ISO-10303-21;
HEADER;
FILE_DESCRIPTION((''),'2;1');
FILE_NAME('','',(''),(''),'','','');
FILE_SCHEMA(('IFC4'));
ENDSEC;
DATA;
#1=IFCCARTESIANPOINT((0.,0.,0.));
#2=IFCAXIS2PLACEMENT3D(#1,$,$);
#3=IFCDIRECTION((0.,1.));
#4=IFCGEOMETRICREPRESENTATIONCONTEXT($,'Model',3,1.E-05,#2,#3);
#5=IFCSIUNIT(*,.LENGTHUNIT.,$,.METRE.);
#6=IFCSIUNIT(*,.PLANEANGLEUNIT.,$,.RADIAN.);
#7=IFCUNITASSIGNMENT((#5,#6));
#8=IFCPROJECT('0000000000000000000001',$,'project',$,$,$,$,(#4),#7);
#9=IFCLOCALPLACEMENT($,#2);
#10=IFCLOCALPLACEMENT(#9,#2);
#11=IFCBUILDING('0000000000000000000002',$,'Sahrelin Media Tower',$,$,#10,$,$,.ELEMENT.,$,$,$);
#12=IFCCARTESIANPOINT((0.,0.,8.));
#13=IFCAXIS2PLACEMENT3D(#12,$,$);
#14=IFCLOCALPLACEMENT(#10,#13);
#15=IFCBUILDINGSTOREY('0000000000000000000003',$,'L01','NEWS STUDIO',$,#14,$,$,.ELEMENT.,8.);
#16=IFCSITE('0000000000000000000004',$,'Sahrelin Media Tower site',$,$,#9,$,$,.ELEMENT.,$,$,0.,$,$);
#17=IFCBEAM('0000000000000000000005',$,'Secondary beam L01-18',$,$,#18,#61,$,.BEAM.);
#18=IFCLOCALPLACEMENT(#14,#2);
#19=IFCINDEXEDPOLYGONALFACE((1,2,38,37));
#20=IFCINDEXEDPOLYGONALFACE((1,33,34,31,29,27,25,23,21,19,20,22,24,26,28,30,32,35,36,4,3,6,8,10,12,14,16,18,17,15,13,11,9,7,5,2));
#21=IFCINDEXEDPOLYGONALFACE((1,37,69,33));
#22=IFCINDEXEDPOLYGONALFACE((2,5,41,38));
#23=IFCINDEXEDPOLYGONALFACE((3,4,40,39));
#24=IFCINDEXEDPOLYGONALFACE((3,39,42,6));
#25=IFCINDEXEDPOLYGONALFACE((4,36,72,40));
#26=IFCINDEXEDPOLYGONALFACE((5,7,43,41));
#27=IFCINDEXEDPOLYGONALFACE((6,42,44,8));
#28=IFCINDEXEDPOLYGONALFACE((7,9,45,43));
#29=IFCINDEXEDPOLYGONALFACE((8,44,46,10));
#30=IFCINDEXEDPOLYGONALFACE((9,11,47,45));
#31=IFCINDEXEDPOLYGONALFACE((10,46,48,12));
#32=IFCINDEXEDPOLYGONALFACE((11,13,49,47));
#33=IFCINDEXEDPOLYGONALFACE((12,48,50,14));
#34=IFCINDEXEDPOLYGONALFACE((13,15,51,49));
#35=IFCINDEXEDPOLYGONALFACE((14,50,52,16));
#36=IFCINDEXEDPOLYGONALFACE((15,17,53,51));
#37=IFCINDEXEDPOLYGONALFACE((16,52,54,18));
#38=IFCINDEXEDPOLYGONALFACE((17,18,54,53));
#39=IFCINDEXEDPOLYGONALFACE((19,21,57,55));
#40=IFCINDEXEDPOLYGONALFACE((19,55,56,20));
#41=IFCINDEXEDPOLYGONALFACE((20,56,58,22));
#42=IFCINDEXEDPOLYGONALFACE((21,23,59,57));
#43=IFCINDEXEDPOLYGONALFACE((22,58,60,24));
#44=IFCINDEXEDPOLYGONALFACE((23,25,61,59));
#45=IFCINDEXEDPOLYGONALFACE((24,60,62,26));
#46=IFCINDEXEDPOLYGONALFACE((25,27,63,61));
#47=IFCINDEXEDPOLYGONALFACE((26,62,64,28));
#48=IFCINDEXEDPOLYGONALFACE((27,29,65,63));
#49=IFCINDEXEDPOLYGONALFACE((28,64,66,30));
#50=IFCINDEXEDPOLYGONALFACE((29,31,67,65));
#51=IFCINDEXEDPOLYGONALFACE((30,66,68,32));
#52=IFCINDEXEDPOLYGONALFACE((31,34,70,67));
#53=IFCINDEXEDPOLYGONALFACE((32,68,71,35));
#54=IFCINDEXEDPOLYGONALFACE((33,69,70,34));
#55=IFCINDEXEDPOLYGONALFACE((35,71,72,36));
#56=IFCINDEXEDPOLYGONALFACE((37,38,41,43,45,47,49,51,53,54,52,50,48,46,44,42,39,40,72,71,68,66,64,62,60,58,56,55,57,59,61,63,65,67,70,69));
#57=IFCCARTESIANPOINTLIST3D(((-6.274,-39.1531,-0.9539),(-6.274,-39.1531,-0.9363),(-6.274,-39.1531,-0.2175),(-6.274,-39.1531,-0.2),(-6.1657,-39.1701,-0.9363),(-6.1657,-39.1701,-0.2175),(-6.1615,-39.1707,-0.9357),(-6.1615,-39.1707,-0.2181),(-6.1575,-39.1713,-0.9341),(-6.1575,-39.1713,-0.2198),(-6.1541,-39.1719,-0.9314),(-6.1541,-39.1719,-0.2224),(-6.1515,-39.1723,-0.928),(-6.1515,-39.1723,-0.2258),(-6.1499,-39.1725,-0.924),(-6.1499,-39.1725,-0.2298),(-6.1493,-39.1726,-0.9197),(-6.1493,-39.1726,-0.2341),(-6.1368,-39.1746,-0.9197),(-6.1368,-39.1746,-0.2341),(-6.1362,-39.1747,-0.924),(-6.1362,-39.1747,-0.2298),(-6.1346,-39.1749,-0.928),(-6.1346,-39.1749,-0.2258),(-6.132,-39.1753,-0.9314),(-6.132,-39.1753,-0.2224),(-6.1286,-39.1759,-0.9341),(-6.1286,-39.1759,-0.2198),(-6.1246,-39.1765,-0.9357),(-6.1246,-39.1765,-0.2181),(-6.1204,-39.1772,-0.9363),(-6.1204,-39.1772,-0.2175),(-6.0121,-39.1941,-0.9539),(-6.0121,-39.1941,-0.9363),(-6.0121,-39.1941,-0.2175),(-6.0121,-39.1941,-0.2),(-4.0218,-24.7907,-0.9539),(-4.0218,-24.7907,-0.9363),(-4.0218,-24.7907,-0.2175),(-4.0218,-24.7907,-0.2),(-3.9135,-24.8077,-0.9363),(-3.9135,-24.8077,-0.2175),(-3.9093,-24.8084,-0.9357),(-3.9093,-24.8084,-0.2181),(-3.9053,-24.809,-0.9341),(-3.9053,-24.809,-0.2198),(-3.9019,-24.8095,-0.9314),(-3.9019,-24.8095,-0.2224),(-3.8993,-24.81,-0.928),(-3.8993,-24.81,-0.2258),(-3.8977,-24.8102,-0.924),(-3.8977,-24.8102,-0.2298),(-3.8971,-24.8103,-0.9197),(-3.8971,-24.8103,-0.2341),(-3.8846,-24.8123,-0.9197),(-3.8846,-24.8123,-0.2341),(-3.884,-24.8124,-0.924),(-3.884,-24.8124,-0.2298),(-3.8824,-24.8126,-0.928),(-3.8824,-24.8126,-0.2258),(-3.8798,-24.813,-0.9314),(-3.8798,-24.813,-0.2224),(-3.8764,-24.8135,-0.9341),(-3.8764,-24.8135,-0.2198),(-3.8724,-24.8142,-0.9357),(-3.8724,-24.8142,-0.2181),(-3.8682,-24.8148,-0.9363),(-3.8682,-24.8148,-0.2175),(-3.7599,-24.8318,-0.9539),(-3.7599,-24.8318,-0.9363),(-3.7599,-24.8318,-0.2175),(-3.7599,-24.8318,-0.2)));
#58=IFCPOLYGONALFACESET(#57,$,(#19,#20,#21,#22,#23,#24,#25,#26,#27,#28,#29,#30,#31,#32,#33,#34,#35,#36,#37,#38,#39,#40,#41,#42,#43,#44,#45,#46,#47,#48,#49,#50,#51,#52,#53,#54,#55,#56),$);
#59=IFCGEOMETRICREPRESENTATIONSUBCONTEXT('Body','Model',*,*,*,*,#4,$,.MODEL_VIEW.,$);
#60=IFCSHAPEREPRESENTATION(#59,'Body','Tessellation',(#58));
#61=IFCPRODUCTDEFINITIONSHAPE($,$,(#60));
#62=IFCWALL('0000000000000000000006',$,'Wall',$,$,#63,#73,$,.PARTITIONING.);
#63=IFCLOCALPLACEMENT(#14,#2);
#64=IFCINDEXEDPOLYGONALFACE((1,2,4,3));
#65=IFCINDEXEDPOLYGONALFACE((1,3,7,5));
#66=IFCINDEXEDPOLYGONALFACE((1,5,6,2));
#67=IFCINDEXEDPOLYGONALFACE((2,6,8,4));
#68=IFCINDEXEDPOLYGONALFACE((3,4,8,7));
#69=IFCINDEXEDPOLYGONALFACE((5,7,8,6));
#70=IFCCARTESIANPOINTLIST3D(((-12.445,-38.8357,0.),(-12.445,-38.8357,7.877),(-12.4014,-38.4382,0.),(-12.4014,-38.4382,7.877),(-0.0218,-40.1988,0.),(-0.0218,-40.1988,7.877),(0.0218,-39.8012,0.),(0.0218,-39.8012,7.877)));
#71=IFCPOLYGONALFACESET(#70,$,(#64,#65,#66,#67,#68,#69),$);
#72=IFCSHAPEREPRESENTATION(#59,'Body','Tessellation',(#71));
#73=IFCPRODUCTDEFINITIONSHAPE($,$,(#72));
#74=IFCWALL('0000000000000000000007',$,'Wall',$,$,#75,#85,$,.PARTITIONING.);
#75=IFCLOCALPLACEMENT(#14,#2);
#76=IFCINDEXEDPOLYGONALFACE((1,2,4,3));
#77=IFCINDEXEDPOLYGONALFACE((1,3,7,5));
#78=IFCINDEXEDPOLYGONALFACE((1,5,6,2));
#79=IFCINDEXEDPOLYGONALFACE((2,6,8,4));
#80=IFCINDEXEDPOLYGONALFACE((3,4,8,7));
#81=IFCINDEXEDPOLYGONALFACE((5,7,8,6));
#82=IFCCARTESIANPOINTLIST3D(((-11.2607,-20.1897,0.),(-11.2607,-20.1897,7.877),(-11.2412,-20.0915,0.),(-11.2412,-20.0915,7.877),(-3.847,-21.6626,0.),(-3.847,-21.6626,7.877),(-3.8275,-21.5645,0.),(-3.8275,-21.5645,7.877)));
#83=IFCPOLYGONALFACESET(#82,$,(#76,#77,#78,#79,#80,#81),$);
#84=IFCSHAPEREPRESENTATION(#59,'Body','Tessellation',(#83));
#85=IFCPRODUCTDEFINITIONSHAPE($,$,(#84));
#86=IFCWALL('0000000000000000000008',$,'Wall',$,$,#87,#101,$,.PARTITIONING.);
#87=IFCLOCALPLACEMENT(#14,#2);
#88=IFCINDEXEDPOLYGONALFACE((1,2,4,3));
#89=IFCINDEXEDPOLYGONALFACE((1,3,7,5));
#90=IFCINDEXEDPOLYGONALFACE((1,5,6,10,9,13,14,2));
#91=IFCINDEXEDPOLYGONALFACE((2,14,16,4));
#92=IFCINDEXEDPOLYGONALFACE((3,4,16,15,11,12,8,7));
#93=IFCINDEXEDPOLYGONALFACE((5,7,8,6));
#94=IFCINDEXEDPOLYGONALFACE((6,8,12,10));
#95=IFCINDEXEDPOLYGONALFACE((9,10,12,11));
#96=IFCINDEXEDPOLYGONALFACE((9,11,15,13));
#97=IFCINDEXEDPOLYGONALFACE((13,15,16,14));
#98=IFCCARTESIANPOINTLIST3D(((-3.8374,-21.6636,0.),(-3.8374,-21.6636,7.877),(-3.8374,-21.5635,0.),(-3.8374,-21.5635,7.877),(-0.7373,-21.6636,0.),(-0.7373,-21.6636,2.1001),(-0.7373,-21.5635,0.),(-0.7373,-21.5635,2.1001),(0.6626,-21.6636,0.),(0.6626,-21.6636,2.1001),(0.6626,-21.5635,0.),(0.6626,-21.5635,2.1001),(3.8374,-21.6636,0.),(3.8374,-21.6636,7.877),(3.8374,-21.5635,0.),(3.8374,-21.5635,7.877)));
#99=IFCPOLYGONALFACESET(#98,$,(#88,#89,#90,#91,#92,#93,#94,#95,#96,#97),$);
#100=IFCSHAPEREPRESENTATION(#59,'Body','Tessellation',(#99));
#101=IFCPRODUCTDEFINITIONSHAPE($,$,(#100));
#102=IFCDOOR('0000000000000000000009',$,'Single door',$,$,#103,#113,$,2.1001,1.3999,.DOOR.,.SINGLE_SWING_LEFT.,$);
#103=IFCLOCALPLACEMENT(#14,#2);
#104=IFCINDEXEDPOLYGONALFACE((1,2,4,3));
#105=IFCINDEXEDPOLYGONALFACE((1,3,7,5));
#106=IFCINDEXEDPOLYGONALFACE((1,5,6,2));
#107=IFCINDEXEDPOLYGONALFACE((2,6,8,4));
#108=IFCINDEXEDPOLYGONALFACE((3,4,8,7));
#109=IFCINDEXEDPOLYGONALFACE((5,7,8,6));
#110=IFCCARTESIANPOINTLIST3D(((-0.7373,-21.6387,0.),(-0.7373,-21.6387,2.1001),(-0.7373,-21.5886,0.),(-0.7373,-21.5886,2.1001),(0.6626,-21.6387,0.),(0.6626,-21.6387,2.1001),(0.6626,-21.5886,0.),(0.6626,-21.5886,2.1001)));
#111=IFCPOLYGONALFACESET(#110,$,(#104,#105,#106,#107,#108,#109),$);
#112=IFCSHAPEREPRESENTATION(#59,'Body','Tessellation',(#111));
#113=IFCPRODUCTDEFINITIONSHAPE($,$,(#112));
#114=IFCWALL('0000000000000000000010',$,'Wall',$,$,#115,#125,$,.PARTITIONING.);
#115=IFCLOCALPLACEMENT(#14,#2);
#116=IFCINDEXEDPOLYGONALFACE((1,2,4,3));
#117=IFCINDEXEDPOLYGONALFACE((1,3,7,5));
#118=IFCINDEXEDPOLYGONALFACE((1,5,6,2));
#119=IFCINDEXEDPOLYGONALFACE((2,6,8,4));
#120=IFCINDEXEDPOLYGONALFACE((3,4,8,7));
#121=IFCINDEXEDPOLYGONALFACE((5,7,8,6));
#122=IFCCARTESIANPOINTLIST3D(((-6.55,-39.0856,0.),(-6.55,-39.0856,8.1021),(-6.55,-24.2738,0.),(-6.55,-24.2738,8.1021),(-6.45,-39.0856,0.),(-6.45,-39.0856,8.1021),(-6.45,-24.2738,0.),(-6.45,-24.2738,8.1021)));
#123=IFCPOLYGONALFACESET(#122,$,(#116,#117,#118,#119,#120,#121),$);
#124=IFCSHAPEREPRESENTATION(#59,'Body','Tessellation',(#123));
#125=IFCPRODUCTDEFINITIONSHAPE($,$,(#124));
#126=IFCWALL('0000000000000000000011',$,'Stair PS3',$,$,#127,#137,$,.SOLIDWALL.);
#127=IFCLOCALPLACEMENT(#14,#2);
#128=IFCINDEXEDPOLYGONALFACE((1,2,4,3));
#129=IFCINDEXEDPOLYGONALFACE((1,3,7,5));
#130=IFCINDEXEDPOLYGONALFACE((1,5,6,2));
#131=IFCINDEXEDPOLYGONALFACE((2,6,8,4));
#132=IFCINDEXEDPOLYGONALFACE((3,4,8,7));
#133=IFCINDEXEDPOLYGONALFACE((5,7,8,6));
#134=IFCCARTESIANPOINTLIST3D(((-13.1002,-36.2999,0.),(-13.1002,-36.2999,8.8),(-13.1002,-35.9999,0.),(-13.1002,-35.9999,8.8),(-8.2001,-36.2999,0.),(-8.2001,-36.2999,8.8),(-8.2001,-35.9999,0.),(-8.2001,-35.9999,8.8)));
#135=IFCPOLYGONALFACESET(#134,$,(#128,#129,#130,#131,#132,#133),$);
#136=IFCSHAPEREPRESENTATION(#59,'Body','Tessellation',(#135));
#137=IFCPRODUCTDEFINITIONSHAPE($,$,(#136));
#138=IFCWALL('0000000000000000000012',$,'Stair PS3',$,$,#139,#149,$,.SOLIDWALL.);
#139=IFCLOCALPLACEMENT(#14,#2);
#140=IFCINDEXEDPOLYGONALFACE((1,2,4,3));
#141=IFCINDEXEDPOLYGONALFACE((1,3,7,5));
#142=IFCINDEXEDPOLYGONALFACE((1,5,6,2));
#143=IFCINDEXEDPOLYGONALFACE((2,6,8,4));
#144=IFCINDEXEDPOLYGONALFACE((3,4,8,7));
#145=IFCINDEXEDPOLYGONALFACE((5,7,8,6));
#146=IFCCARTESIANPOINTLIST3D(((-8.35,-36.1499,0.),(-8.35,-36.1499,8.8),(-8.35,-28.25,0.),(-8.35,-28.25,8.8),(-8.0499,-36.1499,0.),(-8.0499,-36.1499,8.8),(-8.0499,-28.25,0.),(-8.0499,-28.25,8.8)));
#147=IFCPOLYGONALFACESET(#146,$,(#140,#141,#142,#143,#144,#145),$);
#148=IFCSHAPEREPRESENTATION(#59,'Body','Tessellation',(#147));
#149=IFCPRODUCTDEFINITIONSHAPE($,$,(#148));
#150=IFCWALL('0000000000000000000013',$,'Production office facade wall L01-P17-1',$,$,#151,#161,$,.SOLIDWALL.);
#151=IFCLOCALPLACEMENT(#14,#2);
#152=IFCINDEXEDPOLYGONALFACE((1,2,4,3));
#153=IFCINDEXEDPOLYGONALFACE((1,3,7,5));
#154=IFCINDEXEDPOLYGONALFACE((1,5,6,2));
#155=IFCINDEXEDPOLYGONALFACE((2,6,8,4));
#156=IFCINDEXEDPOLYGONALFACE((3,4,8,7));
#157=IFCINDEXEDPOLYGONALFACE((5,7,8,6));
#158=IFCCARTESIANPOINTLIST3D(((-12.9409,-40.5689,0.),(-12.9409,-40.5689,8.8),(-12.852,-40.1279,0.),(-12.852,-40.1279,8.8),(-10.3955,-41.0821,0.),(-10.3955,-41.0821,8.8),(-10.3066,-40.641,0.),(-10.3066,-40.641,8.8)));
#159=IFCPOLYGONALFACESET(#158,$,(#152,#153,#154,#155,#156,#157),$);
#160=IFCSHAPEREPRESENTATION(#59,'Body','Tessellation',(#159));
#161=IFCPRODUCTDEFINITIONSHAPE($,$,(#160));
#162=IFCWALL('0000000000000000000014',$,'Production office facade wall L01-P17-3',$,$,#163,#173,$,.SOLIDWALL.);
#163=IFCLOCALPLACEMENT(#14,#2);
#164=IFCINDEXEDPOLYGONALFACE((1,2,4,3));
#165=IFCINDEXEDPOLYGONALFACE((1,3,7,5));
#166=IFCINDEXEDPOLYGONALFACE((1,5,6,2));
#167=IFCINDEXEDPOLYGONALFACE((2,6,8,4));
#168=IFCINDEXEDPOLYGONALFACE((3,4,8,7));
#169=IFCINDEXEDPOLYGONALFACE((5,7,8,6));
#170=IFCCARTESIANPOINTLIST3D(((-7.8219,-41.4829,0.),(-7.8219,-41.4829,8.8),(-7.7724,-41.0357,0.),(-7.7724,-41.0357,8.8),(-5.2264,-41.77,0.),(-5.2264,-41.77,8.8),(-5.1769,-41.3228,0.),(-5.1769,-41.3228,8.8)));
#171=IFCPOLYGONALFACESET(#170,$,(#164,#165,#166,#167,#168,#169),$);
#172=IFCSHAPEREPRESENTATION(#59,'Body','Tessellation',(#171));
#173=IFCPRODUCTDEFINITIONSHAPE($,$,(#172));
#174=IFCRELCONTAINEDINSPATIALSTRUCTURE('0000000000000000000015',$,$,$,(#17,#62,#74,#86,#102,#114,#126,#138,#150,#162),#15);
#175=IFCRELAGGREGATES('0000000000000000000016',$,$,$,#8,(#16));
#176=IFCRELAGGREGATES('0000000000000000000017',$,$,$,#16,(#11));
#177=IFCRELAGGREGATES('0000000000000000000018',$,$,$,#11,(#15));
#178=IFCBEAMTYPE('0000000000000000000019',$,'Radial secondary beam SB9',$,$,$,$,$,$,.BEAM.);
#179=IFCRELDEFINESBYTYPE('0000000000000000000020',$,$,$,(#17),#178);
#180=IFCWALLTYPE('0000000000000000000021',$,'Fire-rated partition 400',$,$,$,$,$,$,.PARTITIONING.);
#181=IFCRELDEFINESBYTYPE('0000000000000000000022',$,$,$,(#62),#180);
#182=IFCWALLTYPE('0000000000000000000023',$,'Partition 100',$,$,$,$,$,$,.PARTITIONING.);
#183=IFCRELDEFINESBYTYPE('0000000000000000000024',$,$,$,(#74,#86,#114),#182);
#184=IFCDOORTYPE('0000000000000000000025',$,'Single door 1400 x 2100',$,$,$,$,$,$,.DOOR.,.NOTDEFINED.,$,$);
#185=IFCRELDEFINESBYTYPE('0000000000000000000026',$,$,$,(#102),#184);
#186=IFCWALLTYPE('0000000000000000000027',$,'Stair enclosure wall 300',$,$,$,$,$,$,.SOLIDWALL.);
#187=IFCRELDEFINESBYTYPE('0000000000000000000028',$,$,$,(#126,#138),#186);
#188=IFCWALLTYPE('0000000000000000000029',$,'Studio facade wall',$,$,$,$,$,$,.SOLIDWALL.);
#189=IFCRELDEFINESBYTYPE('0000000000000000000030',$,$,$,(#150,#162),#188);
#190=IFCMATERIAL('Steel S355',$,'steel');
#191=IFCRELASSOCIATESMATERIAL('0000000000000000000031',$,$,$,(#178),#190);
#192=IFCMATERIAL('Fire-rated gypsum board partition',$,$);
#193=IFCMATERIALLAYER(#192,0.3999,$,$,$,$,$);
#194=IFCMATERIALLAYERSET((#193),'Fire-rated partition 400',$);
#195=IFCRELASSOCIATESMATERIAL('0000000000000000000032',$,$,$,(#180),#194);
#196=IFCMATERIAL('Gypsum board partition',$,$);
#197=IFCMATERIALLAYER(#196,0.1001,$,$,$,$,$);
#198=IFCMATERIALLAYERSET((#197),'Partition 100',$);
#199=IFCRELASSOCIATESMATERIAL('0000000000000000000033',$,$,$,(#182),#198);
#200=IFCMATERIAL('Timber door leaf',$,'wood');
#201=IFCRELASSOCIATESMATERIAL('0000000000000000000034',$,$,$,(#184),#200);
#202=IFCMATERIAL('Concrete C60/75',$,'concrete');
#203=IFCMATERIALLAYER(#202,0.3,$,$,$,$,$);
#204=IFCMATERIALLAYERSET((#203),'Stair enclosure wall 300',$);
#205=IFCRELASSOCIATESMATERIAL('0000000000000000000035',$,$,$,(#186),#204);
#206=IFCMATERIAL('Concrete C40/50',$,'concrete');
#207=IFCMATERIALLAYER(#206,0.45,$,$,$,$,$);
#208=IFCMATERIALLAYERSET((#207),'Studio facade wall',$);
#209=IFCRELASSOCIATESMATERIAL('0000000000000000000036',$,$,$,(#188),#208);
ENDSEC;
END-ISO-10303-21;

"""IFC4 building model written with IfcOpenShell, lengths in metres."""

from ifc_helpers import new_model, si_unit, direction, frame, frame_2d, origin, origin_2d, place, context, subcontext, project, spatial, rectangle, i_section, extrude, material, layer, layer_set, material_profile, profile_set, type_object, element, fill, save


model = new_model("IFC4")

# Units and contexts
model_context = context("Model", 3, precision=1e-05, world=origin(), true_north=direction((0.0, 1.0)))
body_context = subcontext(model_context, "Body", "Model", "MODEL_VIEW")
ifc_project = project(units=[si_unit("LENGTHUNIT", "METRE"), si_unit("PLANEANGLEUNIT", "RADIAN")], contexts=[model_context])

# Site, building, storey
site_placement = place(None, origin())
site = spatial("IfcSite", under=ifc_project, at=site_placement, Name="Sahrelin Media Tower site", CompositionType="ELEMENT", RefElevation=0.0)
building_placement = place(site_placement, origin())
building = spatial("IfcBuilding", under=site, at=building_placement, Name="Sahrelin Media Tower", CompositionType="ELEMENT")
storey_placement = place(building_placement, frame((0.0, 0.0, 8.0)))
storey = spatial("IfcBuildingStorey", under=building, at=storey_placement, Name="L01", Description="NEWS STUDIO", CompositionType="ELEMENT", Elevation=8.0)

# Beam
ifc_material_1 = material(Name="Steel S355", Category="steel")
ifc_material_profile_1 = material_profile(ifc_material_1, i_section(OverallWidth=0.2651, OverallDepth=0.7539, WebThickness=0.0127, FlangeThickness=0.0176, FilletRadius=0.0166, at=origin_2d()), Name="UB 762x267x147")
ifc_profile_set_1 = profile_set([ifc_material_profile_1], Name="Steel S355")
beam_type_1 = type_object("IfcBeamType", Name="Radial secondary beam SB9", PredefinedType="BEAM", material=ifc_profile_set_1)
beam_1_placement = place(storey_placement, frame((-3.8909, -24.8113, -0.5769), z_axis=(-0.15492, -0.987927, 0.0), x_axis=(0.987927, -0.15492, 0.0)))
element("IfcBeam", 1, at=beam_1_placement, inside=storey, type_object=beam_type_1, Name="Secondary beam L01-18", PredefinedType="BEAM", context=body_context, shape_type="SweptSolid", body=[
    extrude(i_section(OverallWidth=0.2651, OverallDepth=0.7539, WebThickness=0.0127, FlangeThickness=0.0176, FilletRadius=0.0166, at=origin_2d()), origin(), (0.0, 0.0, 1.0), 14.5378),
])

# Walls
ifc_material_2 = material(Name="Fire-rated gypsum board partition")
ifc_layer_1 = layer(ifc_material_2, 0.3999)
ifc_layer_set_1 = layer_set([ifc_layer_1], Name="Fire-rated partition 400")
wall_type_1 = type_object("IfcWallType", Name="Fire-rated partition 400", PredefinedType="PARTITIONING", material=ifc_layer_set_1)
wall_1_placement = place(storey_placement, frame((-12.4233, -38.637, 0.0), z_axis=(0.0, 0.0, 1.0), x_axis=(0.994035, -0.109061, 0.0)))
element("IfcWall", 2, at=wall_1_placement, inside=storey, type_object=wall_type_1, Name="Wall", PredefinedType="PARTITIONING", context=body_context, shape_type="SweptSolid", body=[
    extrude(rectangle(XDim=12.4978, YDim=0.3999, at=frame_2d((6.249, 0.0))), origin(), (0.0, 0.0, 1.0), 7.877),
])
ifc_material_3 = material(Name="Gypsum board partition")
ifc_layer_2 = layer(ifc_material_3, 0.1001)
ifc_layer_set_2 = layer_set([ifc_layer_2], Name="Partition 100")
wall_type_2 = type_object("IfcWallType", Name="Partition 100", PredefinedType="PARTITIONING", material=ifc_layer_set_2)
wall_2_placement = place(storey_placement, frame((-11.251, -20.1406, 0.0), z_axis=(0.0, 0.0, 1.0), x_axis=(0.98083, -0.194867, 0.0)))
element("IfcWall", 3, at=wall_2_placement, inside=storey, type_object=wall_type_2, Name="Wall", PredefinedType="PARTITIONING", context=body_context, shape_type="SweptSolid", body=[
    extrude(rectangle(XDim=7.5586, YDim=0.1001, at=frame_2d((3.7793, 0.0))), origin(), (0.0, 0.0, 1.0), 7.877),
])

# Wall, opening, door
wall_3_placement = place(storey_placement, frame((-3.8374, -21.6135, 0.0), z_axis=(0.0, 0.0, 1.0), x_axis=(1.0, 0.0, 0.0)))
wall_3 = element("IfcWall", 4, at=wall_3_placement, inside=storey, type_object=wall_type_2, Name="Wall", PredefinedType="PARTITIONING", context=body_context, shape_type="SweptSolid", body=[
    extrude(rectangle(XDim=7.6748, YDim=0.1001, at=frame_2d((3.8374, 0.0))), origin(), (0.0, 0.0, 1.0), 7.877),
])
opening_1_placement = place(wall_3_placement, frame((3.1001, 0.0, 0.0)))
opening_1 = element("IfcOpeningElement", 5, at=opening_1_placement, cuts=wall_3, PredefinedType="OPENING", context=body_context, shape_type="SweptSolid", body=[
    extrude(rectangle(XDim=1.3999, YDim=2.1001, at=frame_2d((0.7, 1.05))), frame((0.0, 0.05, 0.0), z_axis=(0.0, -1.0, 0.0), x_axis=(1.0, 0.0, 0.0)), (0.0, 0.0, 1.0), 0.1001),
])
ifc_material_4 = material(Name="Timber door leaf", Category="wood")
door_type = type_object("IfcDoorType", Name="Single door 1400 x 2100", OperationType="NOTDEFINED", PredefinedType="DOOR", material=ifc_material_4)
door_placement = place(opening_1_placement, origin())
door = element("IfcDoor", 6, at=door_placement, inside=storey, type_object=door_type, Name="Single door", OperationType="SINGLE_SWING_LEFT", OverallHeight=2.1001, OverallWidth=1.3999, PredefinedType="DOOR", context=body_context, shape_type="SweptSolid", body=[
    extrude(rectangle(XDim=1.3999, YDim=2.1001, at=frame_2d((0.7, 1.05))), frame((0.0, 0.0249, 0.0), z_axis=(0.0, -1.0, 0.0), x_axis=(1.0, 0.0, 0.0)), (0.0, 0.0, 1.0), 0.05),
])
fill(opening_1, door)

# Walls
wall_4_placement = place(storey_placement, frame((-6.5, -24.2739, 0.0), z_axis=(0.0, 0.0, 1.0), x_axis=(0.0, -1.0, 0.0)))
element("IfcWall", 7, at=wall_4_placement, inside=storey, type_object=wall_type_2, Name="Wall", PredefinedType="PARTITIONING", context=body_context, shape_type="SweptSolid", body=[
    extrude(rectangle(XDim=14.8118, YDim=0.1001, at=frame_2d((7.4058, 0.0))), origin(), (0.0, 0.0, 1.0), 8.1021),
])
ifc_material_5 = material(Name="Concrete C60/75", Category="concrete")
ifc_layer_3 = layer(ifc_material_5, 0.3)
ifc_layer_set_3 = layer_set([ifc_layer_3], Name="Stair enclosure wall 300")
wall_type_3 = type_object("IfcWallType", Name="Stair enclosure wall 300", PredefinedType="SOLIDWALL", material=ifc_layer_set_3)
wall_5_placement = place(storey_placement, frame((-8.2, -36.1499, 0.0), z_axis=(0.0, 0.0, 1.0), x_axis=(-1.0, 0.0, 0.0)))
element("IfcWall", 8, at=wall_5_placement, inside=storey, type_object=wall_type_3, Name="Stair PS3", PredefinedType="SOLIDWALL", context=body_context, shape_type="SweptSolid", body=[
    extrude(rectangle(XDim=4.9001, YDim=0.3, at=frame_2d((2.4502, 0.0))), origin(), (0.0, 0.0, 1.0), 8.8),
])
wall_6_placement = place(storey_placement, frame((-8.2, -28.25, 0.0), z_axis=(0.0, 0.0, 1.0), x_axis=(0.0, -1.0, 0.0)))
element("IfcWall", 9, at=wall_6_placement, inside=storey, type_object=wall_type_3, Name="Stair PS3", PredefinedType="SOLIDWALL", context=body_context, shape_type="SweptSolid", body=[
    extrude(rectangle(XDim=7.8999, YDim=0.3, at=frame_2d((3.95, 0.0))), origin(), (0.0, 0.0, 1.0), 8.8),
])
ifc_material_6 = material(Name="Concrete C40/50", Category="concrete")
ifc_layer_4 = layer(ifc_material_6, 0.45)
ifc_layer_set_4 = layer_set([ifc_layer_4], Name="Studio facade wall")
wall_type_4 = type_object("IfcWallType", Name="Studio facade wall", PredefinedType="SOLIDWALL", material=ifc_layer_set_4)
wall_7_placement = place(storey_placement, frame((-12.8965, -40.3484, 0.0), z_axis=(0.0, 0.0, 1.0), x_axis=(0.980276, -0.197635, 0.0)))
element("IfcWall", 10, at=wall_7_placement, inside=storey, type_object=wall_type_4, Name="Production office facade wall L01-P17-1", PredefinedType="SOLIDWALL", context=body_context, shape_type="SweptSolid", body=[
    extrude(rectangle(XDim=2.5967, YDim=0.45, at=frame_2d((1.2983, 0.0))), origin(), (0.0, 0.0, 1.0), 8.8),
])

# Wall
wall_8_placement = place(storey_placement, frame((-7.7971, -41.2593, 0.0), z_axis=(0.0, 0.0, 1.0), x_axis=(0.993937, -0.109949, 0.0)))
element("IfcWall", 11, at=wall_8_placement, inside=storey, type_object=wall_type_4, Name="Production office facade wall L01-P17-3", PredefinedType="SOLIDWALL", context=body_context, shape_type="SweptSolid", body=[
    extrude(rectangle(XDim=2.6113, YDim=0.45, at=frame_2d((1.3057, 0.0))), origin(), (0.0, 0.0, 1.0), 8.8),
])

save(model, "model.ifc")
